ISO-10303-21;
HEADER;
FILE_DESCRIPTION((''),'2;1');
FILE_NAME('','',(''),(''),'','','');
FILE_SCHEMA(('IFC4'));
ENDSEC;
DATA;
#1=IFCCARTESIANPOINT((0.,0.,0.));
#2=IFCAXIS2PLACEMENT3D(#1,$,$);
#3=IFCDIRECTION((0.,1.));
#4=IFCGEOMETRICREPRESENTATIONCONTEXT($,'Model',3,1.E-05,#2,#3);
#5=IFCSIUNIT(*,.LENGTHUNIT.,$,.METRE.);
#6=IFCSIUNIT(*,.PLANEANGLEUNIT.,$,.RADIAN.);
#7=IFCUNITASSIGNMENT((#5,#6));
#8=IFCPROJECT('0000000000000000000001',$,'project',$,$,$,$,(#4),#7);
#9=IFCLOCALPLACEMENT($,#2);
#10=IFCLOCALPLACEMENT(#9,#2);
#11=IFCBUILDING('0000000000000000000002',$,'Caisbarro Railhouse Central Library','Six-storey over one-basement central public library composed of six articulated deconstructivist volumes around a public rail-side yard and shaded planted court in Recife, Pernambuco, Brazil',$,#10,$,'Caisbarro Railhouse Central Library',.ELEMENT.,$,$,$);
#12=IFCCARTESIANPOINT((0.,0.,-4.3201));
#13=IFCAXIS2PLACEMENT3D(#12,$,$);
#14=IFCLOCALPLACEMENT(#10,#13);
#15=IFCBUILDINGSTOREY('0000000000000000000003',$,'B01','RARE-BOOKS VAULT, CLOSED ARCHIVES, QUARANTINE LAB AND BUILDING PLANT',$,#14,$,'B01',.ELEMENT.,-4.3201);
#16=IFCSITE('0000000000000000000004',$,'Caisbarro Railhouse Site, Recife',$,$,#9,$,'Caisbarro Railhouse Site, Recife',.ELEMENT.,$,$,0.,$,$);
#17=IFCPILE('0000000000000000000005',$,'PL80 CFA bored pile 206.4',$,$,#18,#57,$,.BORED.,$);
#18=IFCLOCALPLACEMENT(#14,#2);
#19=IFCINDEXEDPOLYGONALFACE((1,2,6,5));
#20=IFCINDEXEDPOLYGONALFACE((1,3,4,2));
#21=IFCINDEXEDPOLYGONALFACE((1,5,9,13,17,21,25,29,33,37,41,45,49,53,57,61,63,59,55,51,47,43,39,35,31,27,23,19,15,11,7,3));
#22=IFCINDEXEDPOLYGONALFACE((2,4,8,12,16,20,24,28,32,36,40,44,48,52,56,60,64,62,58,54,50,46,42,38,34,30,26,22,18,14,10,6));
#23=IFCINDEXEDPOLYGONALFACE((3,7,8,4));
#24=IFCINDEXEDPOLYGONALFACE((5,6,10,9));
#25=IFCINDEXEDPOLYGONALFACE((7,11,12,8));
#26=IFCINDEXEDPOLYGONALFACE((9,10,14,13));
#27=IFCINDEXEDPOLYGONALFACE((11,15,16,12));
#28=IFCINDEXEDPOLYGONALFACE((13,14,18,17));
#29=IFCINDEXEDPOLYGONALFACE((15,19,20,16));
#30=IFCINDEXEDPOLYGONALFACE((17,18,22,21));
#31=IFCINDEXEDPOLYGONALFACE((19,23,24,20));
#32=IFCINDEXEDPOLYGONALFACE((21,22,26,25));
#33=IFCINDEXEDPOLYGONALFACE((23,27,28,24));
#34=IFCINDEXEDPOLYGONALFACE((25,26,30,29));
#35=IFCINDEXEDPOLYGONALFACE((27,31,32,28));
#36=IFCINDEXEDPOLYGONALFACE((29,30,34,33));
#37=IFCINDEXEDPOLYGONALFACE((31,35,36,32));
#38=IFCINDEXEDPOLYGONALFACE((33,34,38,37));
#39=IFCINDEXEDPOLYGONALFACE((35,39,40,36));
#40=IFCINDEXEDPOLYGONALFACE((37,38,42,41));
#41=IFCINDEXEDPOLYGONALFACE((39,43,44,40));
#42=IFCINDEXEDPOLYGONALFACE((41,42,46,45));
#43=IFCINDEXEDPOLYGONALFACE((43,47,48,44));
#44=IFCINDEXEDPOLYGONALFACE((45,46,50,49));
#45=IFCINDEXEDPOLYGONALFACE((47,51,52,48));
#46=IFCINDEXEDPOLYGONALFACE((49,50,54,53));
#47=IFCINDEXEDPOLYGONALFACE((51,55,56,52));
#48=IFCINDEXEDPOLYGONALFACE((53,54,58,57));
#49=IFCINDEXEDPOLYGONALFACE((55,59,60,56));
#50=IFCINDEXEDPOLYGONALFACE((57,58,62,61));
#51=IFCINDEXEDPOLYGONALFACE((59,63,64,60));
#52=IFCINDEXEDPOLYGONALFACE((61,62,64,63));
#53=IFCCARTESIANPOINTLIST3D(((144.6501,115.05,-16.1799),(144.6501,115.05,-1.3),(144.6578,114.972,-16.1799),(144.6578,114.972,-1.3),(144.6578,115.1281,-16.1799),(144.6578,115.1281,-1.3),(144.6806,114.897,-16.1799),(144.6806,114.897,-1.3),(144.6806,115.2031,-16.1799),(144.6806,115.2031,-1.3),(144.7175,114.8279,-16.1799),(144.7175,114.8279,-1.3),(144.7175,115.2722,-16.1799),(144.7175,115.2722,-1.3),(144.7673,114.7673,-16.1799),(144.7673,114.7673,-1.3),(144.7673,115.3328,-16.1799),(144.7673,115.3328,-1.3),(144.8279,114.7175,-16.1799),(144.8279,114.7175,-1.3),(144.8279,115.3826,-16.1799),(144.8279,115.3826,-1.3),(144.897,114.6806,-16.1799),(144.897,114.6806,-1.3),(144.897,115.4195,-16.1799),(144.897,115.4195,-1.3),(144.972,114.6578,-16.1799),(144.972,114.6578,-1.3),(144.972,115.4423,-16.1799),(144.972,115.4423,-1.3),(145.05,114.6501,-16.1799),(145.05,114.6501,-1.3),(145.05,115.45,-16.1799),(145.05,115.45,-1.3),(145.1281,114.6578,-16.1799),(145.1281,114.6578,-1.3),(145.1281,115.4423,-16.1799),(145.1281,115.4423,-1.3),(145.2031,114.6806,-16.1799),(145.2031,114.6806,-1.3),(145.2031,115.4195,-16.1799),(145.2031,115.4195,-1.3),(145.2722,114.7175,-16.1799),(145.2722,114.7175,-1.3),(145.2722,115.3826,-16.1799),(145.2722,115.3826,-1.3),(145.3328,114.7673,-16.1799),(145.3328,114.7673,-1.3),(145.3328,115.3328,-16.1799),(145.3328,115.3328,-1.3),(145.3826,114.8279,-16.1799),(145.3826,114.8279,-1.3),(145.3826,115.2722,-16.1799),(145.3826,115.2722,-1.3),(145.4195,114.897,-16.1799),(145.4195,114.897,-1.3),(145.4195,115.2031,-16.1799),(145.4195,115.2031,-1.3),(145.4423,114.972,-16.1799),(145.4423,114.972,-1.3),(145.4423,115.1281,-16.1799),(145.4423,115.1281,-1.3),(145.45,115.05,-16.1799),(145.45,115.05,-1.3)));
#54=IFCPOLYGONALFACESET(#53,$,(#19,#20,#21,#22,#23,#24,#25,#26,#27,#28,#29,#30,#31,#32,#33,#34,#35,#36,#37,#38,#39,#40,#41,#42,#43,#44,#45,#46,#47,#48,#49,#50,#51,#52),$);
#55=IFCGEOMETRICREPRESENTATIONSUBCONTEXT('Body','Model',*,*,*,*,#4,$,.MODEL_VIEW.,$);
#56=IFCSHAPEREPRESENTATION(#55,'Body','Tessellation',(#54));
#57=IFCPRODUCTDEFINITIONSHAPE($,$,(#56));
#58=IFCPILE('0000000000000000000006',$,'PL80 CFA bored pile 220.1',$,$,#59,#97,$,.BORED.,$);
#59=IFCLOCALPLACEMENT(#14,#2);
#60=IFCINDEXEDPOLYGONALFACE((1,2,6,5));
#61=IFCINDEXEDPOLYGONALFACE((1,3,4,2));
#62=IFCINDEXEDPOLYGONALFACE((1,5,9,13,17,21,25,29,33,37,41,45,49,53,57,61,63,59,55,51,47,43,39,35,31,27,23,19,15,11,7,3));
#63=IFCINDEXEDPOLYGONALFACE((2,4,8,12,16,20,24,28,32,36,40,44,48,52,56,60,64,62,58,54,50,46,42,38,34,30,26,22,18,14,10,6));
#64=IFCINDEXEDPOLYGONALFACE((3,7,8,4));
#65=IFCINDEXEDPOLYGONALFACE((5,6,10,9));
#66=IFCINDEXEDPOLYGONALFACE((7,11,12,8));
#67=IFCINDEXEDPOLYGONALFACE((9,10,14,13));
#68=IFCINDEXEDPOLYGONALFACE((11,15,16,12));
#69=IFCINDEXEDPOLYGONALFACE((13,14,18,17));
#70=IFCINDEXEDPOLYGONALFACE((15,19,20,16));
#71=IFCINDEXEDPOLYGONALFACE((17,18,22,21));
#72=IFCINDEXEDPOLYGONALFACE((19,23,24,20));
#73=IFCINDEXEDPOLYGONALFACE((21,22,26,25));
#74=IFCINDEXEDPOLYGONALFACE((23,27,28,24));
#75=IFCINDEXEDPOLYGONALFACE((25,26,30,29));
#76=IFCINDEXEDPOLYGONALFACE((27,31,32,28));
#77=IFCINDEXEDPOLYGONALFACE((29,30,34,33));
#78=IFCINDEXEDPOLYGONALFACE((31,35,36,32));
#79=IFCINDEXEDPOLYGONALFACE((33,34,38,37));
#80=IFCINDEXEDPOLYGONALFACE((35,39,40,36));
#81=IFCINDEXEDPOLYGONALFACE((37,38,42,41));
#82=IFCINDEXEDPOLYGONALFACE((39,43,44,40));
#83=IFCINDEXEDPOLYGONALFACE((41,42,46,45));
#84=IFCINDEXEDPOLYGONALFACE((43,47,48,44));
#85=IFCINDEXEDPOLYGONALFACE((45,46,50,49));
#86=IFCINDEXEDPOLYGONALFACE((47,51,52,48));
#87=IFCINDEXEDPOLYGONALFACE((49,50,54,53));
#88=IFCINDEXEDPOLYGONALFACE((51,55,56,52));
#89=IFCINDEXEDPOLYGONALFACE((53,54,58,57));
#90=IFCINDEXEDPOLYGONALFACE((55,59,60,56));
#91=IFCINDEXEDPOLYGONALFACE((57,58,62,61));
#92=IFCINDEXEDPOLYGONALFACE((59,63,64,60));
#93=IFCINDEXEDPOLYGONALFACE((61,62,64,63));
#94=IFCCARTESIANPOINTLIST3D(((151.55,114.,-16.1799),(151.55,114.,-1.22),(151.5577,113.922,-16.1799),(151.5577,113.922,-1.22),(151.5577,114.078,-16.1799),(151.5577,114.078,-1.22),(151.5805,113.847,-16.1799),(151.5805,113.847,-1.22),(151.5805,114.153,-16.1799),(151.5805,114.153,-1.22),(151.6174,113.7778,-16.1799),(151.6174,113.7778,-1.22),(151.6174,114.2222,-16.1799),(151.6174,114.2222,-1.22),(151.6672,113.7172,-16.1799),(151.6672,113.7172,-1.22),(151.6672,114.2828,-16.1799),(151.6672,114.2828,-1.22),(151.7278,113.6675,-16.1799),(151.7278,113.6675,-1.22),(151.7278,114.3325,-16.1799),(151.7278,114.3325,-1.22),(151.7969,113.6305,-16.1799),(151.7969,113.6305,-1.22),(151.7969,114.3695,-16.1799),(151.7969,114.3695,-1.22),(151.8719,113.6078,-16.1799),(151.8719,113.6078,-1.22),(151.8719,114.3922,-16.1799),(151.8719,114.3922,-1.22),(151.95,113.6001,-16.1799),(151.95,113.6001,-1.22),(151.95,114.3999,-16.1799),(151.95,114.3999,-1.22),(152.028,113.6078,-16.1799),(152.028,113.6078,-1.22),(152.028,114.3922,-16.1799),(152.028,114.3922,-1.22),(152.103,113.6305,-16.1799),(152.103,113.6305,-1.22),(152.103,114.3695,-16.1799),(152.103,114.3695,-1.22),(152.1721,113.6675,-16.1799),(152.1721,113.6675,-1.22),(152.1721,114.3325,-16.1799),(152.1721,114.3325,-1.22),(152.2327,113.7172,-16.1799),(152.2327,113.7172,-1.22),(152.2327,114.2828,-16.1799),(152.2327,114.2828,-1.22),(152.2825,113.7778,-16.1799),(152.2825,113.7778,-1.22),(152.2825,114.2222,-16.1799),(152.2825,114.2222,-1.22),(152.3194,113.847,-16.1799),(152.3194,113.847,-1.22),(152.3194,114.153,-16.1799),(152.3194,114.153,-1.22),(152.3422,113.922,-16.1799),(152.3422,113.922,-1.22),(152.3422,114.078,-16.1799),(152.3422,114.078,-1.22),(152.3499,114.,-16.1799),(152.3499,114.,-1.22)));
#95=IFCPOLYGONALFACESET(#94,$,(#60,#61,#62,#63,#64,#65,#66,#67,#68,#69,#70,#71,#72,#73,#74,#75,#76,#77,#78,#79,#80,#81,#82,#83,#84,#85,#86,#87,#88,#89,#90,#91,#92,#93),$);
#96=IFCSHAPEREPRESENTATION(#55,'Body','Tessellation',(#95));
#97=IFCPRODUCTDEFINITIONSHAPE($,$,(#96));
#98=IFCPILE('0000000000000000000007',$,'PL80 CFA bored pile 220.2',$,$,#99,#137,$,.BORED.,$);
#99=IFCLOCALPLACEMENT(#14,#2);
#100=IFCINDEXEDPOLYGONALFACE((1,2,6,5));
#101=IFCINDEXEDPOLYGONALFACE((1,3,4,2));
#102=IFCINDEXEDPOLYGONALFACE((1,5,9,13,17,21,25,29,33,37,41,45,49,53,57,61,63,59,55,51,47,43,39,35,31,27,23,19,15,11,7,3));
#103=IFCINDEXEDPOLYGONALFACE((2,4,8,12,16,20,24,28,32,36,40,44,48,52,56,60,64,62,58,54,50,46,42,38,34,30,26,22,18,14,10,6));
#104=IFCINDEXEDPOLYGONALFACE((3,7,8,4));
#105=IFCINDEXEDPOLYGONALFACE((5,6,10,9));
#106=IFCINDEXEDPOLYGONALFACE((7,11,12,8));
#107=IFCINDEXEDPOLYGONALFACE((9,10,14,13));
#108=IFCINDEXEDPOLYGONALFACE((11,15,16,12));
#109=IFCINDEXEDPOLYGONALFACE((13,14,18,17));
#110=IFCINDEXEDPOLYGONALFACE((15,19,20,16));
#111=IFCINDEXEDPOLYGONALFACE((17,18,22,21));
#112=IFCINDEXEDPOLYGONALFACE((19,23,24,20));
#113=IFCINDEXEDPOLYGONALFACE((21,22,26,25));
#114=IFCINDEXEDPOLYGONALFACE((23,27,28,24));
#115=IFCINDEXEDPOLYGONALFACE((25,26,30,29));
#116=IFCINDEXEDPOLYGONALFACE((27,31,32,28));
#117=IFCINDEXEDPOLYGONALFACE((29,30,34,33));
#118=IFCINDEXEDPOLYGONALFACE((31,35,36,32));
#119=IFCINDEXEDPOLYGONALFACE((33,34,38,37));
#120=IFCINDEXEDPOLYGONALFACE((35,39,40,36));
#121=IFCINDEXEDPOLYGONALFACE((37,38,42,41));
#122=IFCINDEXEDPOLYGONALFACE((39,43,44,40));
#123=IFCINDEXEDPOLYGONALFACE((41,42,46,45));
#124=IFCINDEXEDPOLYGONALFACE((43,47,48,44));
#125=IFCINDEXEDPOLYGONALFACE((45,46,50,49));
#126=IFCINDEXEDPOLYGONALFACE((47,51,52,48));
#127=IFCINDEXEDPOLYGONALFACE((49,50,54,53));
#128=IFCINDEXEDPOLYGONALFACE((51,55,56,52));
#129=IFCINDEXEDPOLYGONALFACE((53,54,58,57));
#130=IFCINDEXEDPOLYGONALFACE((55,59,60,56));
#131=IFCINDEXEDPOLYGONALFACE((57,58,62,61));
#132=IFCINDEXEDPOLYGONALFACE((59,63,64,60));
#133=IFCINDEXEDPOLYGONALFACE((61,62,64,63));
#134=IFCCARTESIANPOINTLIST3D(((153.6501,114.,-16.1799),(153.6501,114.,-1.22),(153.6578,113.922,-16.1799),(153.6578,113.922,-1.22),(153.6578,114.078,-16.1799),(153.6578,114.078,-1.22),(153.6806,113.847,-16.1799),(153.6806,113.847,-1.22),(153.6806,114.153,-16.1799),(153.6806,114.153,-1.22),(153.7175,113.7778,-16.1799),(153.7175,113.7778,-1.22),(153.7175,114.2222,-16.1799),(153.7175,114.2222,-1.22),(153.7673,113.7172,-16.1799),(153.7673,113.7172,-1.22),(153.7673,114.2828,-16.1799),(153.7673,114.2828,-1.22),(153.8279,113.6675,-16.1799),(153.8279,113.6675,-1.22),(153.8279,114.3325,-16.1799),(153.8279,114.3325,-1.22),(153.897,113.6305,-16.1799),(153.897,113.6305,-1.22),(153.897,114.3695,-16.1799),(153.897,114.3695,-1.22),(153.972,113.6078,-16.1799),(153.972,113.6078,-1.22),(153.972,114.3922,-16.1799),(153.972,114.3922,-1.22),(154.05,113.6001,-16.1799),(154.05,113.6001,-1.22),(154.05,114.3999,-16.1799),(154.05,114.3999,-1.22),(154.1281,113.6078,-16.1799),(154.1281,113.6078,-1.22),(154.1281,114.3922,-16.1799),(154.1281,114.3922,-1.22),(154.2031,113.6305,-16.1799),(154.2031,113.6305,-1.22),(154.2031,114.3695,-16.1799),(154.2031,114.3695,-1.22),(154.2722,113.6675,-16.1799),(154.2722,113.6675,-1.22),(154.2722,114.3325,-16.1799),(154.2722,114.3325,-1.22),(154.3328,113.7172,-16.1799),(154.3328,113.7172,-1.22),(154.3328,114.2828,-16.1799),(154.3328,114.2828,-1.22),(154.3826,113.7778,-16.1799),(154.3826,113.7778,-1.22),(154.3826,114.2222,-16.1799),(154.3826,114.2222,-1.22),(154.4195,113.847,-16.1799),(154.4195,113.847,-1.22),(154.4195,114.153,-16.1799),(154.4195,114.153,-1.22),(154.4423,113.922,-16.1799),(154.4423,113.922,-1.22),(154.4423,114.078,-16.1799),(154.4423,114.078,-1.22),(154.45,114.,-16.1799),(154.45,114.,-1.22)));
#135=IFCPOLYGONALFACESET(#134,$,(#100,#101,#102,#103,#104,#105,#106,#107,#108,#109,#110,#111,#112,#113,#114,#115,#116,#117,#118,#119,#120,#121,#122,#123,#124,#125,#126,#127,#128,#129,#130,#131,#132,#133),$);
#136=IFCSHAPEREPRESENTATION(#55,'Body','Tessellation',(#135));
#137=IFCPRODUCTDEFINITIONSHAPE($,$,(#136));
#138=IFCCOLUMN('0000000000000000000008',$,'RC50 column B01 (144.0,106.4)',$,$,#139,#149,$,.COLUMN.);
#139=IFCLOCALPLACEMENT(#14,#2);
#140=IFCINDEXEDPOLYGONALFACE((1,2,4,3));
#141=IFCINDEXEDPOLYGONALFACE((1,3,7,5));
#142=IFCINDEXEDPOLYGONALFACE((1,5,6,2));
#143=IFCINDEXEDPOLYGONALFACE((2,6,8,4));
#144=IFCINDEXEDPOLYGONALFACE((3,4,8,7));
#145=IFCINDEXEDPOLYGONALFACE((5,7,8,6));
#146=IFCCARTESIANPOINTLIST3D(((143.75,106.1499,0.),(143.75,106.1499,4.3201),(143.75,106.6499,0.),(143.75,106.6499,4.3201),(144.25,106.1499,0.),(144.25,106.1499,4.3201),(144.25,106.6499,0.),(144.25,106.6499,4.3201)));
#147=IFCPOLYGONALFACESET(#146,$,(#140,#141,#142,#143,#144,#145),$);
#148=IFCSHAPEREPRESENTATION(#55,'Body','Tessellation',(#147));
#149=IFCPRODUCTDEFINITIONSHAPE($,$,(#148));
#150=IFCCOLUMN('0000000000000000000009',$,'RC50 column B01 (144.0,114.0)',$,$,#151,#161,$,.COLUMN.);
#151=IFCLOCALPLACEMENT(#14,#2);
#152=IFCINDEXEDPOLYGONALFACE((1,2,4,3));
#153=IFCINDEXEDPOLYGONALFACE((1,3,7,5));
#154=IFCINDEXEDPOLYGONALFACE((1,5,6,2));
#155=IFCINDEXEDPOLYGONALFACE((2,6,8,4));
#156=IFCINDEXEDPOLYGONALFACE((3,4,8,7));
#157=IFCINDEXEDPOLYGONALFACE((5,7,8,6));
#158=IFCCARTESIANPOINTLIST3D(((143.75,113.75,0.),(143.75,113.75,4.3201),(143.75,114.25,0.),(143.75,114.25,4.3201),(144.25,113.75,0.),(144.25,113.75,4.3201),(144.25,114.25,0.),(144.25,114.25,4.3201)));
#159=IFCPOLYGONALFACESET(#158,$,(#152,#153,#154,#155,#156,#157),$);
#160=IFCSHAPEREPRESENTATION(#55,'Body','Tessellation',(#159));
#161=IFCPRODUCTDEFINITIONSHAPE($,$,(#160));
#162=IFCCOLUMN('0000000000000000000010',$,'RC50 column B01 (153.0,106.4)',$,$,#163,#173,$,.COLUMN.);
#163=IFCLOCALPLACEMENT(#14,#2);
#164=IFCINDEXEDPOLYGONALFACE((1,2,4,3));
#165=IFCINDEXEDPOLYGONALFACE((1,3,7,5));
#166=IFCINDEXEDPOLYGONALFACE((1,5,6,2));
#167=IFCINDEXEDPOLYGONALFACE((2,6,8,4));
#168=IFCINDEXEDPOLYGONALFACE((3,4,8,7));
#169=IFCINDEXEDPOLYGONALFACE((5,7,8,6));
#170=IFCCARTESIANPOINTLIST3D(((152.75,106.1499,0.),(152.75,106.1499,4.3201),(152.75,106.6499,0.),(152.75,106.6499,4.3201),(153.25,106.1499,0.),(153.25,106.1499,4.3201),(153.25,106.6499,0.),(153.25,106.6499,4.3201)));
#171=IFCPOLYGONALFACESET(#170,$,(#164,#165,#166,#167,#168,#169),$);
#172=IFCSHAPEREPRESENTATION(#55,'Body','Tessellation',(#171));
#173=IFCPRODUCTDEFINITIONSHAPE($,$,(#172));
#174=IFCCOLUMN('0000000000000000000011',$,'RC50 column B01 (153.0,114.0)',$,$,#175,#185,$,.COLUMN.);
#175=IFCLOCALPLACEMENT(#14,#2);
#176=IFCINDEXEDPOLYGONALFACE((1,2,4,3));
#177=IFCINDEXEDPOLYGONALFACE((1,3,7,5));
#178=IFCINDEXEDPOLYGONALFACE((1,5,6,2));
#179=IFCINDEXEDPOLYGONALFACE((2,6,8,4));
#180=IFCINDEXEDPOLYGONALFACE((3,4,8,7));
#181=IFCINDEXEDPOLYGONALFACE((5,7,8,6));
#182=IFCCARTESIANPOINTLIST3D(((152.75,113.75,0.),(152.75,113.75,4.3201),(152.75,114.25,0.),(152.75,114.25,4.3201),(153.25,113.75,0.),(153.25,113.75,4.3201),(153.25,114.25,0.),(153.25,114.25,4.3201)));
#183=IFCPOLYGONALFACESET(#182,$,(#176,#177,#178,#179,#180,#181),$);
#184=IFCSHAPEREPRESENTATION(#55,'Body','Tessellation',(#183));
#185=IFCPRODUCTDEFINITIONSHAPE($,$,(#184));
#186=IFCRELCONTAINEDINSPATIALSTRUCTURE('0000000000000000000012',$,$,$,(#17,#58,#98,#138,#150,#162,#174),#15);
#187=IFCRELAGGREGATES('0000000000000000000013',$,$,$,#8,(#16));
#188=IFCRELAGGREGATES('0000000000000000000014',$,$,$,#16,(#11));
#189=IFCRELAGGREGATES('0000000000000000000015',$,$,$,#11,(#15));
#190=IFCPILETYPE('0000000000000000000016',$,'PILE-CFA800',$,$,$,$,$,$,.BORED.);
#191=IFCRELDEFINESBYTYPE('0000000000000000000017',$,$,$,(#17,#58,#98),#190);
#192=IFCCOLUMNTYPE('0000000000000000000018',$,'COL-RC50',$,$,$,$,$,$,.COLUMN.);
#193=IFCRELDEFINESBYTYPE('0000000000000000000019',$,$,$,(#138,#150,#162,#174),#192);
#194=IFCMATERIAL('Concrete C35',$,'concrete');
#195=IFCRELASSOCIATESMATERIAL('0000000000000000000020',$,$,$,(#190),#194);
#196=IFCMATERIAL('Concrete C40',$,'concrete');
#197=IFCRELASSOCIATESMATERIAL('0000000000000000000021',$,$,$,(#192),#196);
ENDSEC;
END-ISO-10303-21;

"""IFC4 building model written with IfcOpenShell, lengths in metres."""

from ifc_helpers import new_model, si_unit, direction, frame, origin, origin_2d, place, context, subcontext, project, spatial, rectangle, circle, extrude, material, material_profile, profile_set, type_object, element, save


model = new_model("IFC4")

# Units and contexts
model_context = context("Model", 3, precision=1e-05, world=origin(), true_north=direction((0.0, 1.0)))
body_context = subcontext(model_context, "Body", "Model", "MODEL_VIEW")
ifc_project = project(units=[si_unit("LENGTHUNIT", "METRE"), si_unit("PLANEANGLEUNIT", "RADIAN")], contexts=[model_context])

# Site, building, storey
site_placement = place(None, origin())
site = spatial("IfcSite", under=ifc_project, at=site_placement, Name="Caisbarro Railhouse Site, Recife", LongName="Caisbarro Railhouse Site, Recife", CompositionType="ELEMENT", RefElevation=0.0)
building_placement = place(site_placement, origin())
building = spatial("IfcBuilding", under=site, at=building_placement, Name="Caisbarro Railhouse Central Library", Description="Six-storey over one-basement central public library composed of six articulated deconstructivist volumes around a public rail-side yard and shaded planted court in Recife, Pernambuco, Brazil", LongName="Caisbarro Railhouse Central Library", CompositionType="ELEMENT")
storey_placement = place(building_placement, frame((0.0, 0.0, -4.3201)))
storey = spatial("IfcBuildingStorey", under=building, at=storey_placement, Name="B01", Description="RARE-BOOKS VAULT, CLOSED ARCHIVES, QUARANTINE LAB AND BUILDING PLANT", LongName="B01", CompositionType="ELEMENT", Elevation=-4.3201)

# Shared definitions
ifc_material_1 = material(Name="Concrete C35", Category="concrete")
ifc_material_2 = material(Name="Concrete C40", Category="concrete")

# Piles
ifc_material_profile_1 = material_profile(ifc_material_1, circle(Radius=0.3999, at=origin_2d()), Name="PILE-CFA-800")
ifc_profile_set_1 = profile_set([ifc_material_profile_1], Name="Concrete C35")
pile_type_1 = type_object("IfcPileType", Name="PILE-CFA800", PredefinedType="BORED", material=ifc_profile_set_1)
for number, where, z_axis, x_axis, name in (
    (1, (145.05, 115.05, -1.3), (0.0, 0.0, -1.0), (1.0, 0.0, 0.0), "PL80 CFA bored pile 206.4"),
):
    element("IfcPile", number, at=place(storey_placement, frame(where, z_axis=z_axis, x_axis=x_axis)), inside=storey, type_object=pile_type_1, Name=name, PredefinedType="BORED", context=body_context, shape_type="SweptSolid", body=[
        extrude(circle(Radius=0.3999, at=origin_2d()), origin(), (0.0, 0.0, 1.0), 14.8799),
    ])
for number, where, z_axis, x_axis, name in (
    (2, (151.95, 114.0, -1.22), (0.0, 0.0, -1.0), (1.0, 0.0, 0.0), "PL80 CFA bored pile 220.1"),
    (3, (154.05, 114.0, -1.22), (0.0, 0.0, -1.0), (1.0, 0.0, 0.0), "PL80 CFA bored pile 220.2"),
):
    element("IfcPile", number, at=place(storey_placement, frame(where, z_axis=z_axis, x_axis=x_axis)), inside=storey, type_object=pile_type_1, Name=name, PredefinedType="BORED", context=body_context, shape_type="SweptSolid", body=[
        extrude(circle(Radius=0.3999, at=origin_2d()), origin(), (0.0, 0.0, 1.0), 14.96),
    ])

# Columns
ifc_material_profile_2 = material_profile(ifc_material_2, rectangle(XDim=0.5, YDim=0.5, at=origin_2d()), Name="RC-COL-500X500")
ifc_profile_set_2 = profile_set([ifc_material_profile_2], Name="Concrete C40")
column_type = type_object("IfcColumnType", Name="COL-RC50", PredefinedType="COLUMN", material=ifc_profile_set_2)
for number, where, z_axis, x_axis, name in (
    (4, (144.0, 106.3999, 0.0), (0.0, 0.0, 1.0), (1.0, 0.0, 0.0), "RC50 column B01 (144.0,106.4)"),
    (5, (144.0, 114.0, 0.0), (0.0, 0.0, 1.0), (1.0, 0.0, 0.0), "RC50 column B01 (144.0,114.0)"),
    (6, (153.0, 106.3999, 0.0), (0.0, 0.0, 1.0), (1.0, 0.0, 0.0), "RC50 column B01 (153.0,106.4)"),
    (7, (153.0, 114.0, 0.0), (0.0, 0.0, 1.0), (1.0, 0.0, 0.0), "RC50 column B01 (153.0,114.0)"),
):
    element("IfcColumn", number, at=place(storey_placement, frame(where, z_axis=z_axis, x_axis=x_axis)), inside=storey, type_object=column_type, Name=name, PredefinedType="COLUMN", context=body_context, shape_type="SweptSolid", body=[
        extrude(rectangle(XDim=0.5, YDim=0.5, at=origin_2d()), origin(), (0.0, 0.0, 1.0), 4.3201),
    ])

save(model, "model.ifc")
